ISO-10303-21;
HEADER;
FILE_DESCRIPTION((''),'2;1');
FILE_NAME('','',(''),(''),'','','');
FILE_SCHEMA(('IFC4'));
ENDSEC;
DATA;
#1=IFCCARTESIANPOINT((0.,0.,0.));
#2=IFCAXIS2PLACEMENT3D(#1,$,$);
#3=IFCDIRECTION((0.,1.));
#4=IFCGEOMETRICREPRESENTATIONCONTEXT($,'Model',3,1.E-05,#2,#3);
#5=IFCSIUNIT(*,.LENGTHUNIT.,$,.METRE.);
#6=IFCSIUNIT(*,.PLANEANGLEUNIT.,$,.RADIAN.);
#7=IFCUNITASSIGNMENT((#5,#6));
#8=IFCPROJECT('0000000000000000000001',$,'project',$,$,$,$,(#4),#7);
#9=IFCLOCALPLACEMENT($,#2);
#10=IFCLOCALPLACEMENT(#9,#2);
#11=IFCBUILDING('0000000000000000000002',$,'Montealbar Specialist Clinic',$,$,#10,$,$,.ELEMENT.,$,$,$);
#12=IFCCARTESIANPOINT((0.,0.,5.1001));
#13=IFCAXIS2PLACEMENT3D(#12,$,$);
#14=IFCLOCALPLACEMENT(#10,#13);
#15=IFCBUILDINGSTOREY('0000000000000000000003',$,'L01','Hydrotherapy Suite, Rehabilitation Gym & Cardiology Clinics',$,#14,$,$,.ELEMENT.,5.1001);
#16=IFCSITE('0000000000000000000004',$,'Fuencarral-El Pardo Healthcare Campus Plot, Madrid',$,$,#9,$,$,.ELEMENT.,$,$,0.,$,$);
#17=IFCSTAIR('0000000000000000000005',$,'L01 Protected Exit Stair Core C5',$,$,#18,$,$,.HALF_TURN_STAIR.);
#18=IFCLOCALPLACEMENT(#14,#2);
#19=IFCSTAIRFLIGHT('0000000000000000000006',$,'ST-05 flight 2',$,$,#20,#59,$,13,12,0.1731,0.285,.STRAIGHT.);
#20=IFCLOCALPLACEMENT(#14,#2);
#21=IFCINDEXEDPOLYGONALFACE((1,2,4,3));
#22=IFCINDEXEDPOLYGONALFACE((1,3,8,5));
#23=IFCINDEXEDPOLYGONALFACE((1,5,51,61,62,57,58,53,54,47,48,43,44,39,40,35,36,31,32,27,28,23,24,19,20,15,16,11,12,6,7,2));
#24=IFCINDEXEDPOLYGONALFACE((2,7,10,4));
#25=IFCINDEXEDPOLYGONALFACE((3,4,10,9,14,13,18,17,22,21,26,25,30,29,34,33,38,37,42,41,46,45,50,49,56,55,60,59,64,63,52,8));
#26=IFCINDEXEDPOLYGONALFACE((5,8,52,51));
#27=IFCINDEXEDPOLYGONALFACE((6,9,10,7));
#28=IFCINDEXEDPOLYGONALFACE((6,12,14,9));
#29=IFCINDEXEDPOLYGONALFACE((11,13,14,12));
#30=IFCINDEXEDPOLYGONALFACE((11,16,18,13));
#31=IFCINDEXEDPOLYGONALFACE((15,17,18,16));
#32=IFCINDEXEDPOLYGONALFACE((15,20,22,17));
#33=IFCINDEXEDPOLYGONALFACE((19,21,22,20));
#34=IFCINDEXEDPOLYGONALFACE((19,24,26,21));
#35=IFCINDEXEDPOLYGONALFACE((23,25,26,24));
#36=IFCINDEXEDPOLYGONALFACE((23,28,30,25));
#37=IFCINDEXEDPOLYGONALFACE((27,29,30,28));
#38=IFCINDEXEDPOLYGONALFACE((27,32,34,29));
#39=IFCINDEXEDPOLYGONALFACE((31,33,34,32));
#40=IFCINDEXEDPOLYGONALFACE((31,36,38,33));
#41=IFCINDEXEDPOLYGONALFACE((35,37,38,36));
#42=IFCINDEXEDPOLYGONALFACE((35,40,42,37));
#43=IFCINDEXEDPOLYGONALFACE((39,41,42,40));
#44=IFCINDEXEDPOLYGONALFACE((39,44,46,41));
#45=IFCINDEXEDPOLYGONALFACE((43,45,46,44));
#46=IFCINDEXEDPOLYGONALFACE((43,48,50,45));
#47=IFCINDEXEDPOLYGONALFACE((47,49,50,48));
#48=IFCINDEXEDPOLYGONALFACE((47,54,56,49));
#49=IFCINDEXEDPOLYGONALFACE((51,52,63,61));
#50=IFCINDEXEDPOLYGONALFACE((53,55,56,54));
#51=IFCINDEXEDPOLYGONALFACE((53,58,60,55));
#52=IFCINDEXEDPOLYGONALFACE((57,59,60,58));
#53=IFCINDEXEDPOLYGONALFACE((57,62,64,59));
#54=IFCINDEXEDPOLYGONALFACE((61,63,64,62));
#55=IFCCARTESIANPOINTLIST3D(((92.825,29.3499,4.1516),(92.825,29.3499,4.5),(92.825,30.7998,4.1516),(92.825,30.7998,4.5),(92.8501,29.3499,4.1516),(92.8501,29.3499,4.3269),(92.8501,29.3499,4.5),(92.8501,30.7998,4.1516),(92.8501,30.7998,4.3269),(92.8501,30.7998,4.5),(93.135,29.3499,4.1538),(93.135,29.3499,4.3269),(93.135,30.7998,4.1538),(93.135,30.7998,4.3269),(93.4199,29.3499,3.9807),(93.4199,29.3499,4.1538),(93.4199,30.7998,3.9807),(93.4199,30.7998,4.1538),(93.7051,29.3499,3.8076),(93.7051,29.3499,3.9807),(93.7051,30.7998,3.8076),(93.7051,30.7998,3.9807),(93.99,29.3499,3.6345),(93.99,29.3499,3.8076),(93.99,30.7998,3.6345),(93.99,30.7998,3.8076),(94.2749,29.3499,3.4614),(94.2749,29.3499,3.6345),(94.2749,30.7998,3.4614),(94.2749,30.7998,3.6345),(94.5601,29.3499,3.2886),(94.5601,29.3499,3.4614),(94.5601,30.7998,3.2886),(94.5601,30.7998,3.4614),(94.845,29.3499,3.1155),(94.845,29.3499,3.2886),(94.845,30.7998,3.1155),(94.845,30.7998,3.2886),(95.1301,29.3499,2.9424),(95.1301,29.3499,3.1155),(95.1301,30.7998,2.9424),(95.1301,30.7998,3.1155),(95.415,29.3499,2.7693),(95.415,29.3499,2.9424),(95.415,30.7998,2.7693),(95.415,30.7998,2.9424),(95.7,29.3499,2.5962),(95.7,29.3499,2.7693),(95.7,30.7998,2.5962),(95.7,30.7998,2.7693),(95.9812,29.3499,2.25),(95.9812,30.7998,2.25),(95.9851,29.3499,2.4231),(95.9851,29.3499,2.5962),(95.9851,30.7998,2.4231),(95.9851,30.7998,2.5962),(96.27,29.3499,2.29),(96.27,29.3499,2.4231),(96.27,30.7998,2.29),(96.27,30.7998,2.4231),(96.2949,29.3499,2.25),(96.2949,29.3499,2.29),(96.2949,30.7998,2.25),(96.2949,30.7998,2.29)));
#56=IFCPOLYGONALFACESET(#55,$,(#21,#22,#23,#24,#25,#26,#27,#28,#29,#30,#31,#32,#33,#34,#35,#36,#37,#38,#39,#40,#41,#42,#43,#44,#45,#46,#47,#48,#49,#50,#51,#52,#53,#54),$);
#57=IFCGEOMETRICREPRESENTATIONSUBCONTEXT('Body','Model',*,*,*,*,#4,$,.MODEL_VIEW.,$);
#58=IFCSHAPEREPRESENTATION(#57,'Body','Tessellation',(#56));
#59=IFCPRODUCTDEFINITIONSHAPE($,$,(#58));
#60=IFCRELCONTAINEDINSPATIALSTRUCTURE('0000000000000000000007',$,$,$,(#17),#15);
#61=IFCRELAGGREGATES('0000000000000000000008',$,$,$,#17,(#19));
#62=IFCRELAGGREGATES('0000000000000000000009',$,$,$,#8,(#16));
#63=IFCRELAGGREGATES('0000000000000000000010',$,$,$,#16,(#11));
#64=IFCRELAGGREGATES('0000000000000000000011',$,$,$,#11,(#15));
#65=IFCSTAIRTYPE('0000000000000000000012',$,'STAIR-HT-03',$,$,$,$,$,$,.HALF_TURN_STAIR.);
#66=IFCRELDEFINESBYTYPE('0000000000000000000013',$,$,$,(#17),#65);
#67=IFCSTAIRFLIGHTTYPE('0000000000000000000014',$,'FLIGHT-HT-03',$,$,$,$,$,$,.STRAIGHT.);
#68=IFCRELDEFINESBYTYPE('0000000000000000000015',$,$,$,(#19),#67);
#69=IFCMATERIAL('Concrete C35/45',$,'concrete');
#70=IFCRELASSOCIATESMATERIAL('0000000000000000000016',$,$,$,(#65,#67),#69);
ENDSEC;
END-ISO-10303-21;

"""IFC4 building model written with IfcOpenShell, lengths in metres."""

from ifc_helpers import new_model, si_unit, direction, frame, origin, place, context, subcontext, project, spatial, polyline, outline, extrude, material, type_object, element, aggregate, save


model = new_model("IFC4")

# Units and contexts
model_context = context("Model", 3, precision=1e-05, world=origin(), true_north=direction((0.0, 1.0)))
body_context = subcontext(model_context, "Body", "Model", "MODEL_VIEW")
ifc_project = project(units=[si_unit("LENGTHUNIT", "METRE"), si_unit("PLANEANGLEUNIT", "RADIAN")], contexts=[model_context])

# Site, building, storey
site_placement = place(None, origin())
site = spatial("IfcSite", under=ifc_project, at=site_placement, Name="Fuencarral-El Pardo Healthcare Campus Plot, Madrid", CompositionType="ELEMENT", RefElevation=0.0)
building_placement = place(site_placement, origin())
building = spatial("IfcBuilding", under=site, at=building_placement, Name="Montealbar Specialist Clinic", CompositionType="ELEMENT")
storey_placement = place(building_placement, frame((0.0, 0.0, 5.1001)))
storey = spatial("IfcBuildingStorey", under=building, at=storey_placement, Name="L01", Description="Hydrotherapy Suite, Rehabilitation Gym & Cardiology Clinics", CompositionType="ELEMENT", Elevation=5.1001)

# Shared definitions
ifc_material_1 = material(Name="Concrete C35/45", Category="concrete")

# Stair, stair flight
stair_type = type_object("IfcStairType", Name="STAIR-HT-03", PredefinedType="HALF_TURN_STAIR", material=ifc_material_1)
stair_placement = place(storey_placement, origin())
stair = element("IfcStair", 1, at=stair_placement, inside=storey, type_object=stair_type, Name="L01 Protected Exit Stair Core C5", PredefinedType="HALF_TURN_STAIR")
stair_flight_type = type_object("IfcStairFlightType", Name="FLIGHT-HT-03", PredefinedType="STRAIGHT", material=ifc_material_1)
stair_flight_placement = place(storey_placement, frame((96.27, 30.075, 2.25), z_axis=(0.0, 0.0, 1.0), x_axis=(-1.0, 0.0, 0.0)))
stair_flight = element("IfcStairFlight", 2, at=stair_flight_placement, type_object=stair_flight_type, Name="ST-05 flight 2", NumberOfRisers=13, NumberOfTreads=12, PredefinedType="STRAIGHT", RiserHeight=0.1731, TreadLength=0.285, context=body_context, shape_type="SweptSolid", body=[
    extrude(outline(polyline([(-0.0249, 0.0), (-0.0249, 0.04), (0.0, 0.04), (0.0, 0.1731), (0.2849, 0.1731), (0.2849, 0.3462), (0.5701, 0.3462), (0.5701, 0.5193), (0.855, 0.5193), (0.855, 0.6924), (1.1399, 0.6924), (1.1399, 0.8655), (1.425, 0.8655), (1.425, 1.0386), (1.71, 1.0386), (1.71, 1.2114), (1.9951, 1.2114), (1.9951, 1.3845), (2.28, 1.3845), (2.28, 1.5576), (2.5649, 1.5576), (2.5649, 1.7307), (2.8501, 1.7307), (2.8501, 1.9038), (3.135, 1.9038), (3.135, 2.0769), (3.4199, 2.0769), (3.4199, 2.25), (3.4451, 2.25), (3.4451, 1.9016), (3.4199, 1.9016), (0.2888, 0.0), (-0.0249, 0.0)])), frame((0.0, 0.7251, 0.0), z_axis=(0.0, -1.0, 0.0), x_axis=(1.0, 0.0, 0.0)), (0.0, 0.0, 1.0), 1.45),
])
aggregate(stair, [stair_flight])

save(model, "model.ifc")
